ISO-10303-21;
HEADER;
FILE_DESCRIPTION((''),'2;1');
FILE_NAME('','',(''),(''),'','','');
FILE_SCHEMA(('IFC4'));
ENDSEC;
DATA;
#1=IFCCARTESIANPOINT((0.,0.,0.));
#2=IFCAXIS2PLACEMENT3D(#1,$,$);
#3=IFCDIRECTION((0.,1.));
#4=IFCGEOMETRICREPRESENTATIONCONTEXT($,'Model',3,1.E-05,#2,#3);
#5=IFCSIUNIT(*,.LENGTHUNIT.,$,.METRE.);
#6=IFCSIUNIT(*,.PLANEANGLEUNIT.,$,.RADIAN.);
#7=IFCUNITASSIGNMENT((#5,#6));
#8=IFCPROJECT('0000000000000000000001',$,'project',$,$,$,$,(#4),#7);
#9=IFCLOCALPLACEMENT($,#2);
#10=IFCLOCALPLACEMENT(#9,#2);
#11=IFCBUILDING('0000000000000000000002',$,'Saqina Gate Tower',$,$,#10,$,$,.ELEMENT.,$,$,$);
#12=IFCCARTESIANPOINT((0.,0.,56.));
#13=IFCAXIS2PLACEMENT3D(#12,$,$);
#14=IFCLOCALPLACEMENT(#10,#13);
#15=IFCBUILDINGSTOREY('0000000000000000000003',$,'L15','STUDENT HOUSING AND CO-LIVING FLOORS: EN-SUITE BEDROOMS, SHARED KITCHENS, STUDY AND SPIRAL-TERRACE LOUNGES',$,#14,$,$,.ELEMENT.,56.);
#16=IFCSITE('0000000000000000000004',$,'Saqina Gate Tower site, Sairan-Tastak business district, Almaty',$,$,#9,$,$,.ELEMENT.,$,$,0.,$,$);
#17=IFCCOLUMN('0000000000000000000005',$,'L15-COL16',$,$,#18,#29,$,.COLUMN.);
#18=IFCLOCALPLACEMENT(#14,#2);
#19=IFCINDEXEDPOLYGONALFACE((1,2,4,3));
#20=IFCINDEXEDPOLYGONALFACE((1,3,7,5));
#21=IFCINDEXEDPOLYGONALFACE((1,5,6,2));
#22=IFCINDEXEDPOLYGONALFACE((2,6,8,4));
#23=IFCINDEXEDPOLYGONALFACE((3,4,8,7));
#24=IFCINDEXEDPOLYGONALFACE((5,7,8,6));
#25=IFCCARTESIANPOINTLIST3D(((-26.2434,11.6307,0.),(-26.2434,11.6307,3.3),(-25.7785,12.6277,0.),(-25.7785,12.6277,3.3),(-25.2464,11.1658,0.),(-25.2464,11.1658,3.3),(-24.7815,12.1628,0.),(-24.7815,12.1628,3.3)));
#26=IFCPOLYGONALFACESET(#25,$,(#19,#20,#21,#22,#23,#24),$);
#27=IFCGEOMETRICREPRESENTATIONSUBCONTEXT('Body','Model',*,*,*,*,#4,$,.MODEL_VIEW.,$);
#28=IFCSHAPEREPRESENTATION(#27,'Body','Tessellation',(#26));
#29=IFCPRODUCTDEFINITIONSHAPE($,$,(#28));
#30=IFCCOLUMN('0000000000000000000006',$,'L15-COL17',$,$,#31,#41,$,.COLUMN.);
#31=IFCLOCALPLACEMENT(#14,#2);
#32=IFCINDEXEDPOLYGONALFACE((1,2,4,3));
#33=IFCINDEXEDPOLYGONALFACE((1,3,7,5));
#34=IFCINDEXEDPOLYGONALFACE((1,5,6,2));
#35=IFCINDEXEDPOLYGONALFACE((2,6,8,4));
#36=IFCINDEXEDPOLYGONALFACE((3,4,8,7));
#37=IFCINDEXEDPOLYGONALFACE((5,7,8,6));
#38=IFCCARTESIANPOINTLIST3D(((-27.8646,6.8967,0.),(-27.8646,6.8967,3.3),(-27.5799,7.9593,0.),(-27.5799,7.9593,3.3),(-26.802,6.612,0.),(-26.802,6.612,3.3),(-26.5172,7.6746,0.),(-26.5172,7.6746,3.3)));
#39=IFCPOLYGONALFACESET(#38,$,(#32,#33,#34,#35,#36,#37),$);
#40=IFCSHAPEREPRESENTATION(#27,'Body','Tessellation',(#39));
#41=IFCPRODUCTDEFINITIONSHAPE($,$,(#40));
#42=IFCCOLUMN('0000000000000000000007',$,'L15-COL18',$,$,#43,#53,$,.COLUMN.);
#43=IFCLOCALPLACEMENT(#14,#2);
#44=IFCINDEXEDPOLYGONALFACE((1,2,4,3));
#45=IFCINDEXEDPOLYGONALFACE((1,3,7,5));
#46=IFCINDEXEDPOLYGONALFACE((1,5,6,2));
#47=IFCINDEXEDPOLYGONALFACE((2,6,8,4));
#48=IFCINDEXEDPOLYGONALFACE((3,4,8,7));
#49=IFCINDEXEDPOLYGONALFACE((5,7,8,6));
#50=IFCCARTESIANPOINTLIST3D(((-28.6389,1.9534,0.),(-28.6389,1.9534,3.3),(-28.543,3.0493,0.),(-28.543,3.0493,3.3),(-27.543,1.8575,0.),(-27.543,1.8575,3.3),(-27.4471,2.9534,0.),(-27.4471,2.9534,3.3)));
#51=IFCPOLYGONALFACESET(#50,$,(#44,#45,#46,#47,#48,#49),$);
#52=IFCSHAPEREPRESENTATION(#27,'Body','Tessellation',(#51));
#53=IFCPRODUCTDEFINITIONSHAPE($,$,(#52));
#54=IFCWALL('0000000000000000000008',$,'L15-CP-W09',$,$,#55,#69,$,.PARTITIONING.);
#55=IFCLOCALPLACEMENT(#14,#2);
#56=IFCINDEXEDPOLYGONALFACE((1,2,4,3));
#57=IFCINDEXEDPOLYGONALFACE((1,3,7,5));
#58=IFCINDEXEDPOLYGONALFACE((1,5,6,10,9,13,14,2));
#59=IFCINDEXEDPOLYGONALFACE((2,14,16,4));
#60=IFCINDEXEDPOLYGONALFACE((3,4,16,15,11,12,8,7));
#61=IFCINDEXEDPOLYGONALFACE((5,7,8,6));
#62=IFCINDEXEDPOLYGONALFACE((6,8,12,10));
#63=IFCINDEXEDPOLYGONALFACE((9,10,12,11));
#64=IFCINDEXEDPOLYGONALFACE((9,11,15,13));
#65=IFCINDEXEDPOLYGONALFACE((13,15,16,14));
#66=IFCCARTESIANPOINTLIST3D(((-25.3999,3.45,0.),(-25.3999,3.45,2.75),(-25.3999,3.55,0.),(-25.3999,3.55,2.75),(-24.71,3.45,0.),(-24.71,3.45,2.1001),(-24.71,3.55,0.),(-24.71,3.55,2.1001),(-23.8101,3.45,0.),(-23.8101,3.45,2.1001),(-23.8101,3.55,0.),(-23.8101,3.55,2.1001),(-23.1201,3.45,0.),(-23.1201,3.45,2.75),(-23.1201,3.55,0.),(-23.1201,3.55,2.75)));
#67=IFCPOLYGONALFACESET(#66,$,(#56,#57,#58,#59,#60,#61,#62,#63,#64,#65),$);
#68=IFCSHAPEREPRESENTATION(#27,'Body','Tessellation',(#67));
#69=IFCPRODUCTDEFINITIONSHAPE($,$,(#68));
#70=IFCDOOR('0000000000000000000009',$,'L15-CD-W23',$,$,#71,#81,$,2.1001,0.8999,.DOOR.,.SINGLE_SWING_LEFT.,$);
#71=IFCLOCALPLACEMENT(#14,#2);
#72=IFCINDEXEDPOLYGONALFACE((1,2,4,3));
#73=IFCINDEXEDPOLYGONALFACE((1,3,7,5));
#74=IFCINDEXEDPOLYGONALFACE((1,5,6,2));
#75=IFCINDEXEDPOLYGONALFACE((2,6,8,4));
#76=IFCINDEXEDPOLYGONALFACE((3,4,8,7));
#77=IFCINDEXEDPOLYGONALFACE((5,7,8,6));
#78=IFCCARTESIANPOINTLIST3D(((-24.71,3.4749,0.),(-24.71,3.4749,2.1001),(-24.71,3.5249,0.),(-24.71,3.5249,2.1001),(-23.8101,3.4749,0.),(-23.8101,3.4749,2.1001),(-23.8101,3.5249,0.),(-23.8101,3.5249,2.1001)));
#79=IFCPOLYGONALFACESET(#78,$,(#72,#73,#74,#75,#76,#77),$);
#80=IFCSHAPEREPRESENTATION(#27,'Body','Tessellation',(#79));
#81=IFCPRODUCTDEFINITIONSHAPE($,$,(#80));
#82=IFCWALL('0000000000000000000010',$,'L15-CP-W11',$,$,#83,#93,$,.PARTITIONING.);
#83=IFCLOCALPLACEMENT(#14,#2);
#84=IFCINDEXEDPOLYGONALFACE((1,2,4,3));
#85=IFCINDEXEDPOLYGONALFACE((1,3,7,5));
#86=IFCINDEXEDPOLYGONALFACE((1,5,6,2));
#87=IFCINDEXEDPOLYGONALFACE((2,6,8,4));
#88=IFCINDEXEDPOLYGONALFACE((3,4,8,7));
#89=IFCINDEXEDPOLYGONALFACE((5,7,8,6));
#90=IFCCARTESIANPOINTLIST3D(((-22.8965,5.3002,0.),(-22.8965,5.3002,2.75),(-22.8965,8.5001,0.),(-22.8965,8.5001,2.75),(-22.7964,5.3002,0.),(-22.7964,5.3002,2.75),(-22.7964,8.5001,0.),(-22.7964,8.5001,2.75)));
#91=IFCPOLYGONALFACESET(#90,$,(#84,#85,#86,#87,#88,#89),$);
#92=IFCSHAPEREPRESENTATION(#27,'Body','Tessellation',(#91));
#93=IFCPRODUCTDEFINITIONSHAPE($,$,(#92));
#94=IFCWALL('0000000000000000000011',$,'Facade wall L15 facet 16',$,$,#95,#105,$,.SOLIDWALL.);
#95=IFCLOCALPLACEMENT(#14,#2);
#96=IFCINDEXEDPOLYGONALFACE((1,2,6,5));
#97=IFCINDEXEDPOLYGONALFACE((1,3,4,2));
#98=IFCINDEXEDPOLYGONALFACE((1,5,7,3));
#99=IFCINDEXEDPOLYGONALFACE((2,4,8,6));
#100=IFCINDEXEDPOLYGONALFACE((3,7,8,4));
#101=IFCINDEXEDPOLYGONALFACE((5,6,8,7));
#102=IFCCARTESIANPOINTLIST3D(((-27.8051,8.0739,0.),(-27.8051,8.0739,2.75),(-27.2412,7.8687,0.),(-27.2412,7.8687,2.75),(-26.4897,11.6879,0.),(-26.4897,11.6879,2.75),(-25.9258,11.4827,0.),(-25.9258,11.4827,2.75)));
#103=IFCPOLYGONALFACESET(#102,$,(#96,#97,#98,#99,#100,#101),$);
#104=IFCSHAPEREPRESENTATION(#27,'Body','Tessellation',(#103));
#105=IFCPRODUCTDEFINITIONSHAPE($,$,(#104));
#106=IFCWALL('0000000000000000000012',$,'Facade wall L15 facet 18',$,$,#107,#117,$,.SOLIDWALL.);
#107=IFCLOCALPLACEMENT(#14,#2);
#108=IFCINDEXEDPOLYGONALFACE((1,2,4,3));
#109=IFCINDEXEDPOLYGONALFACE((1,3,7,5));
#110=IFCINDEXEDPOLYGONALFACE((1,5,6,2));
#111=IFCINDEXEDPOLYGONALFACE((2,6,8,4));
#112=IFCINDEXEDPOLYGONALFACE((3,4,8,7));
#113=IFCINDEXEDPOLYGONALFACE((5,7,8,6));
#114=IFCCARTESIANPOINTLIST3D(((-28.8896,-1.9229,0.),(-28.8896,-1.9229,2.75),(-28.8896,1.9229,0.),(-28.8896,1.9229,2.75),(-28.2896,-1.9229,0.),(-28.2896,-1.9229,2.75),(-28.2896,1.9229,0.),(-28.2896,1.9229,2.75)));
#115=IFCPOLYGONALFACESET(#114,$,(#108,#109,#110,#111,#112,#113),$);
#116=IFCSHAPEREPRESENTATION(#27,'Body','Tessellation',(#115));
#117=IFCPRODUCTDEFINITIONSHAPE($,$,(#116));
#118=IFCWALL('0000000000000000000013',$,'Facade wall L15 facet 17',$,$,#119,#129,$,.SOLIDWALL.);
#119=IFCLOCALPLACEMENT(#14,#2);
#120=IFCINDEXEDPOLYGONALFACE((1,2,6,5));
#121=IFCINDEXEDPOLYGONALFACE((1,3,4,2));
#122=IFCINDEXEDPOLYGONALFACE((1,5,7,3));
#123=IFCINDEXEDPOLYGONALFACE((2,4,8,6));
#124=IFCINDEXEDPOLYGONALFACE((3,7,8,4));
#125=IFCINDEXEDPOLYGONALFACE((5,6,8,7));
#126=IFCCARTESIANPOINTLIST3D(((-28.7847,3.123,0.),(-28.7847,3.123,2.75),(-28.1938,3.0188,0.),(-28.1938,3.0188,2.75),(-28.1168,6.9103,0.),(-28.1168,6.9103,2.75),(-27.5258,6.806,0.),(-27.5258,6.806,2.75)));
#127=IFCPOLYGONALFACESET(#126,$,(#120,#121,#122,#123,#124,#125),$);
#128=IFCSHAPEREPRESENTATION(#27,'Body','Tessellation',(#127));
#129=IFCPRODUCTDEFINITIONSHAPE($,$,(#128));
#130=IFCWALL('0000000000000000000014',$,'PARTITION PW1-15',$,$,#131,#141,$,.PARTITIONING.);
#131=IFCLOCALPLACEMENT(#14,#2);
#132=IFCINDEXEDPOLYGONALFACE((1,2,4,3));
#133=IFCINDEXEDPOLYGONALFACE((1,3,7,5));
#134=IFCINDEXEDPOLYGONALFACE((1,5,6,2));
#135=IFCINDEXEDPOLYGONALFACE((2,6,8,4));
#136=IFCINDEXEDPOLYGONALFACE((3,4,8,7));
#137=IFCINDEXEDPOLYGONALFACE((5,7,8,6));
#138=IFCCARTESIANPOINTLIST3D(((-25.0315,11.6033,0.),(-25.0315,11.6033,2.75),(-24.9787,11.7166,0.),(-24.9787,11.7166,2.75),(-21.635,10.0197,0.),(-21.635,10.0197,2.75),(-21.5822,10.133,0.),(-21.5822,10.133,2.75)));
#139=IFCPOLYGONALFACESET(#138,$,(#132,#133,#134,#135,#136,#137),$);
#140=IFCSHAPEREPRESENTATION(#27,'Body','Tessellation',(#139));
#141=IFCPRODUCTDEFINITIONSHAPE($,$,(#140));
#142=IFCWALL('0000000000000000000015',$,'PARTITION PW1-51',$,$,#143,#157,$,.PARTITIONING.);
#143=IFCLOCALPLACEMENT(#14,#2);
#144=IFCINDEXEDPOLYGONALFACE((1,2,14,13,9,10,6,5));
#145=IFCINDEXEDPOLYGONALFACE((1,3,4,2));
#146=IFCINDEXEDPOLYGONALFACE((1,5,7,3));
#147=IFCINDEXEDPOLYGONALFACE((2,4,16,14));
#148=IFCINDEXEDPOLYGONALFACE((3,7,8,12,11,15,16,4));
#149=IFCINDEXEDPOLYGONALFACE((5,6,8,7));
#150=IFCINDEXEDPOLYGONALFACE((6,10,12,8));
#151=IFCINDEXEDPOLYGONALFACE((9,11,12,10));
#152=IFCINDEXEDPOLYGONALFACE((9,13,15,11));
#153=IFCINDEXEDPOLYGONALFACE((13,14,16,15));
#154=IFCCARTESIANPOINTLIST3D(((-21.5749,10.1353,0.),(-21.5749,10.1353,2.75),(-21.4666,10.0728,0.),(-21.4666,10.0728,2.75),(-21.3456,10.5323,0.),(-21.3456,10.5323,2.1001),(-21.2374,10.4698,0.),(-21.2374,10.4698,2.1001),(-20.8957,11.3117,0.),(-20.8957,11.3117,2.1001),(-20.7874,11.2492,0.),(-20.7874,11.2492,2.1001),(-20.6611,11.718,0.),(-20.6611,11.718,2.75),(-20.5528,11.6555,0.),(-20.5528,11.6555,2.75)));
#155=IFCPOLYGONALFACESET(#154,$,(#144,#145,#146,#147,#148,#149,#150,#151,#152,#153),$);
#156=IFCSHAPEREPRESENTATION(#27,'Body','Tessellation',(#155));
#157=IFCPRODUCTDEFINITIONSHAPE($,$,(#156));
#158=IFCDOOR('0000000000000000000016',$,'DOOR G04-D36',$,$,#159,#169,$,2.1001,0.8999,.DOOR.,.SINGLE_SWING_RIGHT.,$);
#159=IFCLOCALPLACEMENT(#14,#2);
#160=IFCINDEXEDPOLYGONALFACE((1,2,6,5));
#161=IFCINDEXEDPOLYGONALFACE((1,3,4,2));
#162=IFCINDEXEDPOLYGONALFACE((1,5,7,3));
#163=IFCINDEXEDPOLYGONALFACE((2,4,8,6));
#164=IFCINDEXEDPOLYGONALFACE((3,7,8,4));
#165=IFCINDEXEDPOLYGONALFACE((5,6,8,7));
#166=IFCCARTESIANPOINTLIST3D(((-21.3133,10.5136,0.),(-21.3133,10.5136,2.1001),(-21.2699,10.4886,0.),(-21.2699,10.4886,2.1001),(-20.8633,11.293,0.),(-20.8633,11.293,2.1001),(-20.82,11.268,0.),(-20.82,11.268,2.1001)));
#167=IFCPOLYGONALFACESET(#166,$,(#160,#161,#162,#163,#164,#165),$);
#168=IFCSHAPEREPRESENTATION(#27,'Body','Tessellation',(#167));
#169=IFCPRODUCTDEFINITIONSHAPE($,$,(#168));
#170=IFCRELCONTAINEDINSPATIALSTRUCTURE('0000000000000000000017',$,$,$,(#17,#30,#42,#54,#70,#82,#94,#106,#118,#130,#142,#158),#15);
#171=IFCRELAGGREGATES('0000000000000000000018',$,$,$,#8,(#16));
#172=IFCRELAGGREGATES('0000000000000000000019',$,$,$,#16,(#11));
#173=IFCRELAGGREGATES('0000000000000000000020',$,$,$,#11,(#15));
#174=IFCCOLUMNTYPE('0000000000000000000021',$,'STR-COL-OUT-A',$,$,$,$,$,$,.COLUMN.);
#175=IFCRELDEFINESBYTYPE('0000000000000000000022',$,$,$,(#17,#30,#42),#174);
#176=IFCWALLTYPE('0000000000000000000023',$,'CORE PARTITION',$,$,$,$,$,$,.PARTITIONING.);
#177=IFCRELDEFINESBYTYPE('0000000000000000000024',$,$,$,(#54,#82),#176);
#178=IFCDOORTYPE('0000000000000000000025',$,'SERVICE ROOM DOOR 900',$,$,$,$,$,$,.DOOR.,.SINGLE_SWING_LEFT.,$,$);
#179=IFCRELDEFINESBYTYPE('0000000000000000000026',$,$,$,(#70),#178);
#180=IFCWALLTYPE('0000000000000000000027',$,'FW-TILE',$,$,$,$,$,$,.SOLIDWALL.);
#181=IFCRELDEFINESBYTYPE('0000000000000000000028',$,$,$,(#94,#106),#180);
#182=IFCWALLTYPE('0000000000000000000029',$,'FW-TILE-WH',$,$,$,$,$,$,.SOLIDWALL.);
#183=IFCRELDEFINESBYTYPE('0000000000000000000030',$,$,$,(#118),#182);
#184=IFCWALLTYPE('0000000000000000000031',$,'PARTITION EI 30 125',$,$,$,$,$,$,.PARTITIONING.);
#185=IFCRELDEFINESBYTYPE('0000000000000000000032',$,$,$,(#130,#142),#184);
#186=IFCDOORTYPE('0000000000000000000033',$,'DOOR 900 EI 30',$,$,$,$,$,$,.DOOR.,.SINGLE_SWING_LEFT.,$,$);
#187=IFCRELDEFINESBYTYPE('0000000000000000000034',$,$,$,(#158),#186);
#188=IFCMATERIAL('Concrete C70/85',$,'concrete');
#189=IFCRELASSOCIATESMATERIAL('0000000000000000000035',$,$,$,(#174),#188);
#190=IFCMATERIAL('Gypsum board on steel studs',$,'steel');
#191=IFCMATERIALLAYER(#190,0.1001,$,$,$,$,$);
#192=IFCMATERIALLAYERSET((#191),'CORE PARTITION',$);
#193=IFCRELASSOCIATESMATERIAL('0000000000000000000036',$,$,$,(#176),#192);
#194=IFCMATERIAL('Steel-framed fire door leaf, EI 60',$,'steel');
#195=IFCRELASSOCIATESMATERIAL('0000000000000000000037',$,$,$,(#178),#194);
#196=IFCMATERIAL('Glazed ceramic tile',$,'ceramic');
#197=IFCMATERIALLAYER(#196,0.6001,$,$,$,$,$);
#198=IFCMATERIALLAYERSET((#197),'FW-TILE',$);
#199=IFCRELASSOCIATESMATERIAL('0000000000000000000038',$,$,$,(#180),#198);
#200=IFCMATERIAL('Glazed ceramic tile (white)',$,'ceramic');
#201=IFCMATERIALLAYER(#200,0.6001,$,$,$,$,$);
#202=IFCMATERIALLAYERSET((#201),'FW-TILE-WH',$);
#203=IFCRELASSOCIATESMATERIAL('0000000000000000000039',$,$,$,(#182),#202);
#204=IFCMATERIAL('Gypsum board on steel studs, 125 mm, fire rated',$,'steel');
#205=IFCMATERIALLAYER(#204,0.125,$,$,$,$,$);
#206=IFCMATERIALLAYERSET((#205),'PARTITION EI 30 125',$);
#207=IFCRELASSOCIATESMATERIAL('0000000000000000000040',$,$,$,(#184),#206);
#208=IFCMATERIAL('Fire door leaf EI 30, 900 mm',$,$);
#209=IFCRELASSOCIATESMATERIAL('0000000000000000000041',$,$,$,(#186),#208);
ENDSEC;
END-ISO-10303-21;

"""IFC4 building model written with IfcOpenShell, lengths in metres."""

from ifc_helpers import new_model, si_unit, direction, frame, frame_2d, origin, origin_2d, place, context, subcontext, project, spatial, rectangle, extrude, material, layer, layer_set, material_profile, profile_set, type_object, element, fill, save


model = new_model("IFC4")

# Units and contexts
model_context = context("Model", 3, precision=1e-05, world=origin(), true_north=direction((0.0, 1.0)))
body_context = subcontext(model_context, "Body", "Model", "MODEL_VIEW")
ifc_project = project(units=[si_unit("LENGTHUNIT", "METRE"), si_unit("PLANEANGLEUNIT", "RADIAN")], contexts=[model_context])

# Site, building, storey
site_placement = place(None, origin())
site = spatial("IfcSite", under=ifc_project, at=site_placement, Name="Saqina Gate Tower site, Sairan-Tastak business district, Almaty", CompositionType="ELEMENT", RefElevation=0.0)
building_placement = place(site_placement, origin())
building = spatial("IfcBuilding", under=site, at=building_placement, Name="Saqina Gate Tower", CompositionType="ELEMENT")
storey_placement = place(building_placement, frame((0.0, 0.0, 56.0)))
storey = spatial("IfcBuildingStorey", under=building, at=storey_placement, Name="L15", Description="STUDENT HOUSING AND CO-LIVING FLOORS: EN-SUITE BEDROOMS, SHARED KITCHENS, STUDY AND SPIRAL-TERRACE LOUNGES", CompositionType="ELEMENT", Elevation=56.0)

# Columns
ifc_material_1 = material(Name="Concrete C70/85", Category="concrete")
ifc_material_profile = material_profile(ifc_material_1, rectangle(XDim=1.1001, YDim=1.1001, at=origin_2d()), Name="RC 1100x1100")
ifc_profile_set = profile_set([ifc_material_profile], Name="Concrete C70/85")
column_type = type_object("IfcColumnType", Name="STR-COL-OUT-A", PredefinedType="COLUMN", material=ifc_profile_set)
for number, where, z_axis, x_axis, name in (
    (1, (-25.5125, 11.8967, 0.0), (0.0, 0.0, 1.0), (-0.906308, 0.422618, 0.0), "L15-COL16"),
    (2, (-27.1909, 7.2856, 0.0), (0.0, 0.0, 1.0), (-0.965926, 0.258819, 0.0), "L15-COL17"),
    (3, (-28.043, 2.4534, 0.0), (0.0, 0.0, 1.0), (-0.996195, 0.087156, 0.0), "L15-COL18"),
):
    element("IfcColumn", number, at=place(storey_placement, frame(where, z_axis=z_axis, x_axis=x_axis)), inside=storey, type_object=column_type, Name=name, PredefinedType="COLUMN", context=body_context, shape_type="SweptSolid", body=[
        extrude(rectangle(XDim=1.1001, YDim=1.1001, at=origin_2d()), origin(), (0.0, 0.0, 1.0), 3.3),
    ])

# Wall, opening, door
ifc_material_2 = material(Name="Gypsum board on steel studs", Category="steel")
ifc_layer_1 = layer(ifc_material_2, 0.1001)
ifc_layer_set_1 = layer_set([ifc_layer_1], Name="CORE PARTITION")
wall_type_1 = type_object("IfcWallType", Name="CORE PARTITION", PredefinedType="PARTITIONING", material=ifc_layer_set_1)
wall_1_placement = place(storey_placement, frame((-23.1201, 3.5, 0.0), z_axis=(0.0, 0.0, 1.0), x_axis=(-1.0, 0.0, 0.0)))
wall_1 = element("IfcWall", 4, at=wall_1_placement, inside=storey, type_object=wall_type_1, Name="L15-CP-W09", PredefinedType="PARTITIONING", context=body_context, shape_type="SweptSolid", body=[
    extrude(rectangle(XDim=2.2798, YDim=0.1001, at=frame_2d((1.1399, 0.0))), origin(), (0.0, 0.0, 1.0), 2.75),
])
opening_1_placement = place(wall_1_placement, frame((0.6899, 0.0, 0.0)))
opening_1 = element("IfcOpeningElement", 5, at=opening_1_placement, cuts=wall_1, PredefinedType="OPENING", context=body_context, shape_type="SweptSolid", body=[
    extrude(rectangle(XDim=0.8999, YDim=2.1001, at=frame_2d((0.45, 1.05))), frame((0.0, 0.062, 0.0), z_axis=(0.0, -1.0, 0.0), x_axis=(1.0, 0.0, 0.0)), (0.0, 0.0, 1.0), 0.124),
])
ifc_material_3 = material(Name="Steel-framed fire door leaf, EI 60", Category="steel")
door_type_1 = type_object("IfcDoorType", Name="SERVICE ROOM DOOR 900", OperationType="SINGLE_SWING_LEFT", PredefinedType="DOOR", material=ifc_material_3)
door_1_placement = place(opening_1_placement, frame((0.8999, 0.0, 0.0), z_axis=(0.0, 0.0, 1.0), x_axis=(-1.0, 0.0, 0.0)))
door_1 = element("IfcDoor", 6, at=door_1_placement, inside=storey, type_object=door_type_1, Name="L15-CD-W23", OperationType="SINGLE_SWING_LEFT", OverallHeight=2.1001, OverallWidth=0.8999, PredefinedType="DOOR", context=body_context, shape_type="SweptSolid", body=[
    extrude(rectangle(XDim=0.8999, YDim=2.1001, at=frame_2d((0.45, 1.05))), frame((0.0, 0.0249, 0.0), z_axis=(0.0, -1.0, 0.0), x_axis=(1.0, 0.0, 0.0)), (0.0, 0.0, 1.0), 0.05),
])
fill(opening_1, door_1)

# Walls
wall_2_placement = place(storey_placement, frame((-22.8464, 5.3, 0.0), z_axis=(0.0, 0.0, 1.0), x_axis=(0.0, 1.0, 0.0)))
element("IfcWall", 7, at=wall_2_placement, inside=storey, type_object=wall_type_1, Name="L15-CP-W11", PredefinedType="PARTITIONING", context=body_context, shape_type="SweptSolid", body=[
    extrude(rectangle(XDim=3.2, YDim=0.1001, at=frame_2d((1.6001, 0.0))), origin(), (0.0, 0.0, 1.0), 2.75),
])
ifc_material_4 = material(Name="Glazed ceramic tile", Category="ceramic")
ifc_layer_2 = layer(ifc_material_4, 0.6001)
ifc_layer_set_2 = layer_set([ifc_layer_2], Name="FW-TILE")
wall_type_2 = type_object("IfcWallType", Name="FW-TILE", PredefinedType="SOLIDWALL", material=ifc_layer_set_2)
wall_3_placement = place(storey_placement, frame((-26.2078, 11.5852, 0.0), z_axis=(0.0, 0.0, 1.0), x_axis=(-0.342028, -0.93969, 0.0)))
element("IfcWall", 8, at=wall_3_placement, inside=storey, type_object=wall_type_2, Name="Facade wall L15 facet 16", PredefinedType="SOLIDWALL", context=body_context, shape_type="SweptSolid", body=[
    extrude(rectangle(XDim=3.8459, YDim=0.6001, at=frame_2d((1.9229, 0.0))), origin(), (0.0, 0.0, 1.0), 2.75),
])
wall_4_placement = place(storey_placement, frame((-28.5896, 1.9229, 0.0), z_axis=(0.0, 0.0, 1.0), x_axis=(0.0, -1.0, 0.0)))
element("IfcWall", 9, at=wall_4_placement, inside=storey, type_object=wall_type_2, Name="Facade wall L15 facet 18", PredefinedType="SOLIDWALL", context=body_context, shape_type="SweptSolid", body=[
    extrude(rectangle(XDim=3.8457, YDim=0.6001, at=frame_2d((1.9229, 0.0))), origin(), (0.0, 0.0, 1.0), 2.75),
])
ifc_material_5 = material(Name="Glazed ceramic tile (white)", Category="ceramic")
ifc_layer_3 = layer(ifc_material_5, 0.6001)
ifc_layer_set_3 = layer_set([ifc_layer_3], Name="FW-TILE-WH")
wall_type_3 = type_object("IfcWallType", Name="FW-TILE-WH", PredefinedType="SOLIDWALL", material=ifc_layer_set_3)
wall_5_placement = place(storey_placement, frame((-27.8213, 6.8582, 0.0), z_axis=(0.0, 0.0, 1.0), x_axis=(-0.173688, -0.984801, 0.0)))
element("IfcWall", 10, at=wall_5_placement, inside=storey, type_object=wall_type_3, Name="Facade wall L15 facet 17", PredefinedType="SOLIDWALL", context=body_context, shape_type="SweptSolid", body=[
    extrude(rectangle(XDim=3.8457, YDim=0.6001, at=frame_2d((1.9229, 0.0))), origin(), (0.0, 0.0, 1.0), 2.75),
])
ifc_material_6 = material(Name="Gypsum board on steel studs, 125 mm, fire rated", Category="steel")
ifc_layer_4 = layer(ifc_material_6, 0.125)
ifc_layer_set_4 = layer_set([ifc_layer_4], Name="PARTITION EI 30 125")
wall_type_4 = type_object("IfcWallType", Name="PARTITION EI 30 125", PredefinedType="PARTITIONING", material=ifc_layer_set_4)
wall_6_placement = place(storey_placement, frame((-25.0051, 11.6599, 0.0), z_axis=(0.0, 0.0, 1.0), x_axis=(0.90634, -0.42255, 0.0)))
element("IfcWall", 11, at=wall_6_placement, inside=storey, type_object=wall_type_4, Name="PARTITION PW1-15", PredefinedType="PARTITIONING", context=body_context, shape_type="SweptSolid", body=[
    extrude(rectangle(XDim=3.7476, YDim=0.125, at=frame_2d((1.8738, 0.0))), origin(), (0.0, 0.0, 1.0), 2.75),
])

# Wall, opening, door
wall_7_placement = place(storey_placement, frame((-21.5208, 10.104, 0.0), z_axis=(0.0, 0.0, 1.0), x_axis=(0.500004, 0.866023, 0.0)))
wall_7 = element("IfcWall", 12, at=wall_7_placement, inside=storey, type_object=wall_type_4, Name="PARTITION PW1-51", PredefinedType="PARTITIONING", context=body_context, shape_type="SweptSolid", body=[
    extrude(rectangle(XDim=1.8276, YDim=0.125, at=frame_2d((0.9138, 0.0))), origin(), (0.0, 0.0, 1.0), 2.75),
])
opening_2_placement = place(wall_7_placement, frame((0.4585, 0.0, 0.0)))
opening_2 = element("IfcOpeningElement", 13, at=opening_2_placement, cuts=wall_7, PredefinedType="OPENING", context=body_context, shape_type="SweptSolid", body=[
    extrude(rectangle(XDim=0.8999, YDim=2.1001, at=frame_2d((0.45, 1.05))), frame((0.0, 0.0745, 0.0), z_axis=(0.0, -1.0, 0.0), x_axis=(1.0, 0.0, 0.0)), (0.0, 0.0, 1.0), 0.1489),
])
ifc_material_7 = material(Name="Fire door leaf EI 30, 900 mm")
door_type_2 = type_object("IfcDoorType", Name="DOOR 900 EI 30", OperationType="SINGLE_SWING_LEFT", PredefinedType="DOOR", material=ifc_material_7)
door_2_placement = place(opening_2_placement, frame((0.8999, 0.0, 0.0), z_axis=(0.0, 0.0, 1.0), x_axis=(-1.0, 0.0, 0.0)))
door_2 = element("IfcDoor", 14, at=door_2_placement, inside=storey, type_object=door_type_2, Name="DOOR G04-D36", OperationType="SINGLE_SWING_RIGHT", OverallHeight=2.1001, OverallWidth=0.8999, PredefinedType="DOOR", context=body_context, shape_type="SweptSolid", body=[
    extrude(rectangle(XDim=0.8999, YDim=2.1001, at=frame_2d((0.45, 1.05))), frame((0.0, 0.0249, 0.0), z_axis=(0.0, -1.0, 0.0), x_axis=(1.0, 0.0, 0.0)), (0.0, 0.0, 1.0), 0.05),
])
fill(opening_2, door_2)

save(model, "model.ifc")
